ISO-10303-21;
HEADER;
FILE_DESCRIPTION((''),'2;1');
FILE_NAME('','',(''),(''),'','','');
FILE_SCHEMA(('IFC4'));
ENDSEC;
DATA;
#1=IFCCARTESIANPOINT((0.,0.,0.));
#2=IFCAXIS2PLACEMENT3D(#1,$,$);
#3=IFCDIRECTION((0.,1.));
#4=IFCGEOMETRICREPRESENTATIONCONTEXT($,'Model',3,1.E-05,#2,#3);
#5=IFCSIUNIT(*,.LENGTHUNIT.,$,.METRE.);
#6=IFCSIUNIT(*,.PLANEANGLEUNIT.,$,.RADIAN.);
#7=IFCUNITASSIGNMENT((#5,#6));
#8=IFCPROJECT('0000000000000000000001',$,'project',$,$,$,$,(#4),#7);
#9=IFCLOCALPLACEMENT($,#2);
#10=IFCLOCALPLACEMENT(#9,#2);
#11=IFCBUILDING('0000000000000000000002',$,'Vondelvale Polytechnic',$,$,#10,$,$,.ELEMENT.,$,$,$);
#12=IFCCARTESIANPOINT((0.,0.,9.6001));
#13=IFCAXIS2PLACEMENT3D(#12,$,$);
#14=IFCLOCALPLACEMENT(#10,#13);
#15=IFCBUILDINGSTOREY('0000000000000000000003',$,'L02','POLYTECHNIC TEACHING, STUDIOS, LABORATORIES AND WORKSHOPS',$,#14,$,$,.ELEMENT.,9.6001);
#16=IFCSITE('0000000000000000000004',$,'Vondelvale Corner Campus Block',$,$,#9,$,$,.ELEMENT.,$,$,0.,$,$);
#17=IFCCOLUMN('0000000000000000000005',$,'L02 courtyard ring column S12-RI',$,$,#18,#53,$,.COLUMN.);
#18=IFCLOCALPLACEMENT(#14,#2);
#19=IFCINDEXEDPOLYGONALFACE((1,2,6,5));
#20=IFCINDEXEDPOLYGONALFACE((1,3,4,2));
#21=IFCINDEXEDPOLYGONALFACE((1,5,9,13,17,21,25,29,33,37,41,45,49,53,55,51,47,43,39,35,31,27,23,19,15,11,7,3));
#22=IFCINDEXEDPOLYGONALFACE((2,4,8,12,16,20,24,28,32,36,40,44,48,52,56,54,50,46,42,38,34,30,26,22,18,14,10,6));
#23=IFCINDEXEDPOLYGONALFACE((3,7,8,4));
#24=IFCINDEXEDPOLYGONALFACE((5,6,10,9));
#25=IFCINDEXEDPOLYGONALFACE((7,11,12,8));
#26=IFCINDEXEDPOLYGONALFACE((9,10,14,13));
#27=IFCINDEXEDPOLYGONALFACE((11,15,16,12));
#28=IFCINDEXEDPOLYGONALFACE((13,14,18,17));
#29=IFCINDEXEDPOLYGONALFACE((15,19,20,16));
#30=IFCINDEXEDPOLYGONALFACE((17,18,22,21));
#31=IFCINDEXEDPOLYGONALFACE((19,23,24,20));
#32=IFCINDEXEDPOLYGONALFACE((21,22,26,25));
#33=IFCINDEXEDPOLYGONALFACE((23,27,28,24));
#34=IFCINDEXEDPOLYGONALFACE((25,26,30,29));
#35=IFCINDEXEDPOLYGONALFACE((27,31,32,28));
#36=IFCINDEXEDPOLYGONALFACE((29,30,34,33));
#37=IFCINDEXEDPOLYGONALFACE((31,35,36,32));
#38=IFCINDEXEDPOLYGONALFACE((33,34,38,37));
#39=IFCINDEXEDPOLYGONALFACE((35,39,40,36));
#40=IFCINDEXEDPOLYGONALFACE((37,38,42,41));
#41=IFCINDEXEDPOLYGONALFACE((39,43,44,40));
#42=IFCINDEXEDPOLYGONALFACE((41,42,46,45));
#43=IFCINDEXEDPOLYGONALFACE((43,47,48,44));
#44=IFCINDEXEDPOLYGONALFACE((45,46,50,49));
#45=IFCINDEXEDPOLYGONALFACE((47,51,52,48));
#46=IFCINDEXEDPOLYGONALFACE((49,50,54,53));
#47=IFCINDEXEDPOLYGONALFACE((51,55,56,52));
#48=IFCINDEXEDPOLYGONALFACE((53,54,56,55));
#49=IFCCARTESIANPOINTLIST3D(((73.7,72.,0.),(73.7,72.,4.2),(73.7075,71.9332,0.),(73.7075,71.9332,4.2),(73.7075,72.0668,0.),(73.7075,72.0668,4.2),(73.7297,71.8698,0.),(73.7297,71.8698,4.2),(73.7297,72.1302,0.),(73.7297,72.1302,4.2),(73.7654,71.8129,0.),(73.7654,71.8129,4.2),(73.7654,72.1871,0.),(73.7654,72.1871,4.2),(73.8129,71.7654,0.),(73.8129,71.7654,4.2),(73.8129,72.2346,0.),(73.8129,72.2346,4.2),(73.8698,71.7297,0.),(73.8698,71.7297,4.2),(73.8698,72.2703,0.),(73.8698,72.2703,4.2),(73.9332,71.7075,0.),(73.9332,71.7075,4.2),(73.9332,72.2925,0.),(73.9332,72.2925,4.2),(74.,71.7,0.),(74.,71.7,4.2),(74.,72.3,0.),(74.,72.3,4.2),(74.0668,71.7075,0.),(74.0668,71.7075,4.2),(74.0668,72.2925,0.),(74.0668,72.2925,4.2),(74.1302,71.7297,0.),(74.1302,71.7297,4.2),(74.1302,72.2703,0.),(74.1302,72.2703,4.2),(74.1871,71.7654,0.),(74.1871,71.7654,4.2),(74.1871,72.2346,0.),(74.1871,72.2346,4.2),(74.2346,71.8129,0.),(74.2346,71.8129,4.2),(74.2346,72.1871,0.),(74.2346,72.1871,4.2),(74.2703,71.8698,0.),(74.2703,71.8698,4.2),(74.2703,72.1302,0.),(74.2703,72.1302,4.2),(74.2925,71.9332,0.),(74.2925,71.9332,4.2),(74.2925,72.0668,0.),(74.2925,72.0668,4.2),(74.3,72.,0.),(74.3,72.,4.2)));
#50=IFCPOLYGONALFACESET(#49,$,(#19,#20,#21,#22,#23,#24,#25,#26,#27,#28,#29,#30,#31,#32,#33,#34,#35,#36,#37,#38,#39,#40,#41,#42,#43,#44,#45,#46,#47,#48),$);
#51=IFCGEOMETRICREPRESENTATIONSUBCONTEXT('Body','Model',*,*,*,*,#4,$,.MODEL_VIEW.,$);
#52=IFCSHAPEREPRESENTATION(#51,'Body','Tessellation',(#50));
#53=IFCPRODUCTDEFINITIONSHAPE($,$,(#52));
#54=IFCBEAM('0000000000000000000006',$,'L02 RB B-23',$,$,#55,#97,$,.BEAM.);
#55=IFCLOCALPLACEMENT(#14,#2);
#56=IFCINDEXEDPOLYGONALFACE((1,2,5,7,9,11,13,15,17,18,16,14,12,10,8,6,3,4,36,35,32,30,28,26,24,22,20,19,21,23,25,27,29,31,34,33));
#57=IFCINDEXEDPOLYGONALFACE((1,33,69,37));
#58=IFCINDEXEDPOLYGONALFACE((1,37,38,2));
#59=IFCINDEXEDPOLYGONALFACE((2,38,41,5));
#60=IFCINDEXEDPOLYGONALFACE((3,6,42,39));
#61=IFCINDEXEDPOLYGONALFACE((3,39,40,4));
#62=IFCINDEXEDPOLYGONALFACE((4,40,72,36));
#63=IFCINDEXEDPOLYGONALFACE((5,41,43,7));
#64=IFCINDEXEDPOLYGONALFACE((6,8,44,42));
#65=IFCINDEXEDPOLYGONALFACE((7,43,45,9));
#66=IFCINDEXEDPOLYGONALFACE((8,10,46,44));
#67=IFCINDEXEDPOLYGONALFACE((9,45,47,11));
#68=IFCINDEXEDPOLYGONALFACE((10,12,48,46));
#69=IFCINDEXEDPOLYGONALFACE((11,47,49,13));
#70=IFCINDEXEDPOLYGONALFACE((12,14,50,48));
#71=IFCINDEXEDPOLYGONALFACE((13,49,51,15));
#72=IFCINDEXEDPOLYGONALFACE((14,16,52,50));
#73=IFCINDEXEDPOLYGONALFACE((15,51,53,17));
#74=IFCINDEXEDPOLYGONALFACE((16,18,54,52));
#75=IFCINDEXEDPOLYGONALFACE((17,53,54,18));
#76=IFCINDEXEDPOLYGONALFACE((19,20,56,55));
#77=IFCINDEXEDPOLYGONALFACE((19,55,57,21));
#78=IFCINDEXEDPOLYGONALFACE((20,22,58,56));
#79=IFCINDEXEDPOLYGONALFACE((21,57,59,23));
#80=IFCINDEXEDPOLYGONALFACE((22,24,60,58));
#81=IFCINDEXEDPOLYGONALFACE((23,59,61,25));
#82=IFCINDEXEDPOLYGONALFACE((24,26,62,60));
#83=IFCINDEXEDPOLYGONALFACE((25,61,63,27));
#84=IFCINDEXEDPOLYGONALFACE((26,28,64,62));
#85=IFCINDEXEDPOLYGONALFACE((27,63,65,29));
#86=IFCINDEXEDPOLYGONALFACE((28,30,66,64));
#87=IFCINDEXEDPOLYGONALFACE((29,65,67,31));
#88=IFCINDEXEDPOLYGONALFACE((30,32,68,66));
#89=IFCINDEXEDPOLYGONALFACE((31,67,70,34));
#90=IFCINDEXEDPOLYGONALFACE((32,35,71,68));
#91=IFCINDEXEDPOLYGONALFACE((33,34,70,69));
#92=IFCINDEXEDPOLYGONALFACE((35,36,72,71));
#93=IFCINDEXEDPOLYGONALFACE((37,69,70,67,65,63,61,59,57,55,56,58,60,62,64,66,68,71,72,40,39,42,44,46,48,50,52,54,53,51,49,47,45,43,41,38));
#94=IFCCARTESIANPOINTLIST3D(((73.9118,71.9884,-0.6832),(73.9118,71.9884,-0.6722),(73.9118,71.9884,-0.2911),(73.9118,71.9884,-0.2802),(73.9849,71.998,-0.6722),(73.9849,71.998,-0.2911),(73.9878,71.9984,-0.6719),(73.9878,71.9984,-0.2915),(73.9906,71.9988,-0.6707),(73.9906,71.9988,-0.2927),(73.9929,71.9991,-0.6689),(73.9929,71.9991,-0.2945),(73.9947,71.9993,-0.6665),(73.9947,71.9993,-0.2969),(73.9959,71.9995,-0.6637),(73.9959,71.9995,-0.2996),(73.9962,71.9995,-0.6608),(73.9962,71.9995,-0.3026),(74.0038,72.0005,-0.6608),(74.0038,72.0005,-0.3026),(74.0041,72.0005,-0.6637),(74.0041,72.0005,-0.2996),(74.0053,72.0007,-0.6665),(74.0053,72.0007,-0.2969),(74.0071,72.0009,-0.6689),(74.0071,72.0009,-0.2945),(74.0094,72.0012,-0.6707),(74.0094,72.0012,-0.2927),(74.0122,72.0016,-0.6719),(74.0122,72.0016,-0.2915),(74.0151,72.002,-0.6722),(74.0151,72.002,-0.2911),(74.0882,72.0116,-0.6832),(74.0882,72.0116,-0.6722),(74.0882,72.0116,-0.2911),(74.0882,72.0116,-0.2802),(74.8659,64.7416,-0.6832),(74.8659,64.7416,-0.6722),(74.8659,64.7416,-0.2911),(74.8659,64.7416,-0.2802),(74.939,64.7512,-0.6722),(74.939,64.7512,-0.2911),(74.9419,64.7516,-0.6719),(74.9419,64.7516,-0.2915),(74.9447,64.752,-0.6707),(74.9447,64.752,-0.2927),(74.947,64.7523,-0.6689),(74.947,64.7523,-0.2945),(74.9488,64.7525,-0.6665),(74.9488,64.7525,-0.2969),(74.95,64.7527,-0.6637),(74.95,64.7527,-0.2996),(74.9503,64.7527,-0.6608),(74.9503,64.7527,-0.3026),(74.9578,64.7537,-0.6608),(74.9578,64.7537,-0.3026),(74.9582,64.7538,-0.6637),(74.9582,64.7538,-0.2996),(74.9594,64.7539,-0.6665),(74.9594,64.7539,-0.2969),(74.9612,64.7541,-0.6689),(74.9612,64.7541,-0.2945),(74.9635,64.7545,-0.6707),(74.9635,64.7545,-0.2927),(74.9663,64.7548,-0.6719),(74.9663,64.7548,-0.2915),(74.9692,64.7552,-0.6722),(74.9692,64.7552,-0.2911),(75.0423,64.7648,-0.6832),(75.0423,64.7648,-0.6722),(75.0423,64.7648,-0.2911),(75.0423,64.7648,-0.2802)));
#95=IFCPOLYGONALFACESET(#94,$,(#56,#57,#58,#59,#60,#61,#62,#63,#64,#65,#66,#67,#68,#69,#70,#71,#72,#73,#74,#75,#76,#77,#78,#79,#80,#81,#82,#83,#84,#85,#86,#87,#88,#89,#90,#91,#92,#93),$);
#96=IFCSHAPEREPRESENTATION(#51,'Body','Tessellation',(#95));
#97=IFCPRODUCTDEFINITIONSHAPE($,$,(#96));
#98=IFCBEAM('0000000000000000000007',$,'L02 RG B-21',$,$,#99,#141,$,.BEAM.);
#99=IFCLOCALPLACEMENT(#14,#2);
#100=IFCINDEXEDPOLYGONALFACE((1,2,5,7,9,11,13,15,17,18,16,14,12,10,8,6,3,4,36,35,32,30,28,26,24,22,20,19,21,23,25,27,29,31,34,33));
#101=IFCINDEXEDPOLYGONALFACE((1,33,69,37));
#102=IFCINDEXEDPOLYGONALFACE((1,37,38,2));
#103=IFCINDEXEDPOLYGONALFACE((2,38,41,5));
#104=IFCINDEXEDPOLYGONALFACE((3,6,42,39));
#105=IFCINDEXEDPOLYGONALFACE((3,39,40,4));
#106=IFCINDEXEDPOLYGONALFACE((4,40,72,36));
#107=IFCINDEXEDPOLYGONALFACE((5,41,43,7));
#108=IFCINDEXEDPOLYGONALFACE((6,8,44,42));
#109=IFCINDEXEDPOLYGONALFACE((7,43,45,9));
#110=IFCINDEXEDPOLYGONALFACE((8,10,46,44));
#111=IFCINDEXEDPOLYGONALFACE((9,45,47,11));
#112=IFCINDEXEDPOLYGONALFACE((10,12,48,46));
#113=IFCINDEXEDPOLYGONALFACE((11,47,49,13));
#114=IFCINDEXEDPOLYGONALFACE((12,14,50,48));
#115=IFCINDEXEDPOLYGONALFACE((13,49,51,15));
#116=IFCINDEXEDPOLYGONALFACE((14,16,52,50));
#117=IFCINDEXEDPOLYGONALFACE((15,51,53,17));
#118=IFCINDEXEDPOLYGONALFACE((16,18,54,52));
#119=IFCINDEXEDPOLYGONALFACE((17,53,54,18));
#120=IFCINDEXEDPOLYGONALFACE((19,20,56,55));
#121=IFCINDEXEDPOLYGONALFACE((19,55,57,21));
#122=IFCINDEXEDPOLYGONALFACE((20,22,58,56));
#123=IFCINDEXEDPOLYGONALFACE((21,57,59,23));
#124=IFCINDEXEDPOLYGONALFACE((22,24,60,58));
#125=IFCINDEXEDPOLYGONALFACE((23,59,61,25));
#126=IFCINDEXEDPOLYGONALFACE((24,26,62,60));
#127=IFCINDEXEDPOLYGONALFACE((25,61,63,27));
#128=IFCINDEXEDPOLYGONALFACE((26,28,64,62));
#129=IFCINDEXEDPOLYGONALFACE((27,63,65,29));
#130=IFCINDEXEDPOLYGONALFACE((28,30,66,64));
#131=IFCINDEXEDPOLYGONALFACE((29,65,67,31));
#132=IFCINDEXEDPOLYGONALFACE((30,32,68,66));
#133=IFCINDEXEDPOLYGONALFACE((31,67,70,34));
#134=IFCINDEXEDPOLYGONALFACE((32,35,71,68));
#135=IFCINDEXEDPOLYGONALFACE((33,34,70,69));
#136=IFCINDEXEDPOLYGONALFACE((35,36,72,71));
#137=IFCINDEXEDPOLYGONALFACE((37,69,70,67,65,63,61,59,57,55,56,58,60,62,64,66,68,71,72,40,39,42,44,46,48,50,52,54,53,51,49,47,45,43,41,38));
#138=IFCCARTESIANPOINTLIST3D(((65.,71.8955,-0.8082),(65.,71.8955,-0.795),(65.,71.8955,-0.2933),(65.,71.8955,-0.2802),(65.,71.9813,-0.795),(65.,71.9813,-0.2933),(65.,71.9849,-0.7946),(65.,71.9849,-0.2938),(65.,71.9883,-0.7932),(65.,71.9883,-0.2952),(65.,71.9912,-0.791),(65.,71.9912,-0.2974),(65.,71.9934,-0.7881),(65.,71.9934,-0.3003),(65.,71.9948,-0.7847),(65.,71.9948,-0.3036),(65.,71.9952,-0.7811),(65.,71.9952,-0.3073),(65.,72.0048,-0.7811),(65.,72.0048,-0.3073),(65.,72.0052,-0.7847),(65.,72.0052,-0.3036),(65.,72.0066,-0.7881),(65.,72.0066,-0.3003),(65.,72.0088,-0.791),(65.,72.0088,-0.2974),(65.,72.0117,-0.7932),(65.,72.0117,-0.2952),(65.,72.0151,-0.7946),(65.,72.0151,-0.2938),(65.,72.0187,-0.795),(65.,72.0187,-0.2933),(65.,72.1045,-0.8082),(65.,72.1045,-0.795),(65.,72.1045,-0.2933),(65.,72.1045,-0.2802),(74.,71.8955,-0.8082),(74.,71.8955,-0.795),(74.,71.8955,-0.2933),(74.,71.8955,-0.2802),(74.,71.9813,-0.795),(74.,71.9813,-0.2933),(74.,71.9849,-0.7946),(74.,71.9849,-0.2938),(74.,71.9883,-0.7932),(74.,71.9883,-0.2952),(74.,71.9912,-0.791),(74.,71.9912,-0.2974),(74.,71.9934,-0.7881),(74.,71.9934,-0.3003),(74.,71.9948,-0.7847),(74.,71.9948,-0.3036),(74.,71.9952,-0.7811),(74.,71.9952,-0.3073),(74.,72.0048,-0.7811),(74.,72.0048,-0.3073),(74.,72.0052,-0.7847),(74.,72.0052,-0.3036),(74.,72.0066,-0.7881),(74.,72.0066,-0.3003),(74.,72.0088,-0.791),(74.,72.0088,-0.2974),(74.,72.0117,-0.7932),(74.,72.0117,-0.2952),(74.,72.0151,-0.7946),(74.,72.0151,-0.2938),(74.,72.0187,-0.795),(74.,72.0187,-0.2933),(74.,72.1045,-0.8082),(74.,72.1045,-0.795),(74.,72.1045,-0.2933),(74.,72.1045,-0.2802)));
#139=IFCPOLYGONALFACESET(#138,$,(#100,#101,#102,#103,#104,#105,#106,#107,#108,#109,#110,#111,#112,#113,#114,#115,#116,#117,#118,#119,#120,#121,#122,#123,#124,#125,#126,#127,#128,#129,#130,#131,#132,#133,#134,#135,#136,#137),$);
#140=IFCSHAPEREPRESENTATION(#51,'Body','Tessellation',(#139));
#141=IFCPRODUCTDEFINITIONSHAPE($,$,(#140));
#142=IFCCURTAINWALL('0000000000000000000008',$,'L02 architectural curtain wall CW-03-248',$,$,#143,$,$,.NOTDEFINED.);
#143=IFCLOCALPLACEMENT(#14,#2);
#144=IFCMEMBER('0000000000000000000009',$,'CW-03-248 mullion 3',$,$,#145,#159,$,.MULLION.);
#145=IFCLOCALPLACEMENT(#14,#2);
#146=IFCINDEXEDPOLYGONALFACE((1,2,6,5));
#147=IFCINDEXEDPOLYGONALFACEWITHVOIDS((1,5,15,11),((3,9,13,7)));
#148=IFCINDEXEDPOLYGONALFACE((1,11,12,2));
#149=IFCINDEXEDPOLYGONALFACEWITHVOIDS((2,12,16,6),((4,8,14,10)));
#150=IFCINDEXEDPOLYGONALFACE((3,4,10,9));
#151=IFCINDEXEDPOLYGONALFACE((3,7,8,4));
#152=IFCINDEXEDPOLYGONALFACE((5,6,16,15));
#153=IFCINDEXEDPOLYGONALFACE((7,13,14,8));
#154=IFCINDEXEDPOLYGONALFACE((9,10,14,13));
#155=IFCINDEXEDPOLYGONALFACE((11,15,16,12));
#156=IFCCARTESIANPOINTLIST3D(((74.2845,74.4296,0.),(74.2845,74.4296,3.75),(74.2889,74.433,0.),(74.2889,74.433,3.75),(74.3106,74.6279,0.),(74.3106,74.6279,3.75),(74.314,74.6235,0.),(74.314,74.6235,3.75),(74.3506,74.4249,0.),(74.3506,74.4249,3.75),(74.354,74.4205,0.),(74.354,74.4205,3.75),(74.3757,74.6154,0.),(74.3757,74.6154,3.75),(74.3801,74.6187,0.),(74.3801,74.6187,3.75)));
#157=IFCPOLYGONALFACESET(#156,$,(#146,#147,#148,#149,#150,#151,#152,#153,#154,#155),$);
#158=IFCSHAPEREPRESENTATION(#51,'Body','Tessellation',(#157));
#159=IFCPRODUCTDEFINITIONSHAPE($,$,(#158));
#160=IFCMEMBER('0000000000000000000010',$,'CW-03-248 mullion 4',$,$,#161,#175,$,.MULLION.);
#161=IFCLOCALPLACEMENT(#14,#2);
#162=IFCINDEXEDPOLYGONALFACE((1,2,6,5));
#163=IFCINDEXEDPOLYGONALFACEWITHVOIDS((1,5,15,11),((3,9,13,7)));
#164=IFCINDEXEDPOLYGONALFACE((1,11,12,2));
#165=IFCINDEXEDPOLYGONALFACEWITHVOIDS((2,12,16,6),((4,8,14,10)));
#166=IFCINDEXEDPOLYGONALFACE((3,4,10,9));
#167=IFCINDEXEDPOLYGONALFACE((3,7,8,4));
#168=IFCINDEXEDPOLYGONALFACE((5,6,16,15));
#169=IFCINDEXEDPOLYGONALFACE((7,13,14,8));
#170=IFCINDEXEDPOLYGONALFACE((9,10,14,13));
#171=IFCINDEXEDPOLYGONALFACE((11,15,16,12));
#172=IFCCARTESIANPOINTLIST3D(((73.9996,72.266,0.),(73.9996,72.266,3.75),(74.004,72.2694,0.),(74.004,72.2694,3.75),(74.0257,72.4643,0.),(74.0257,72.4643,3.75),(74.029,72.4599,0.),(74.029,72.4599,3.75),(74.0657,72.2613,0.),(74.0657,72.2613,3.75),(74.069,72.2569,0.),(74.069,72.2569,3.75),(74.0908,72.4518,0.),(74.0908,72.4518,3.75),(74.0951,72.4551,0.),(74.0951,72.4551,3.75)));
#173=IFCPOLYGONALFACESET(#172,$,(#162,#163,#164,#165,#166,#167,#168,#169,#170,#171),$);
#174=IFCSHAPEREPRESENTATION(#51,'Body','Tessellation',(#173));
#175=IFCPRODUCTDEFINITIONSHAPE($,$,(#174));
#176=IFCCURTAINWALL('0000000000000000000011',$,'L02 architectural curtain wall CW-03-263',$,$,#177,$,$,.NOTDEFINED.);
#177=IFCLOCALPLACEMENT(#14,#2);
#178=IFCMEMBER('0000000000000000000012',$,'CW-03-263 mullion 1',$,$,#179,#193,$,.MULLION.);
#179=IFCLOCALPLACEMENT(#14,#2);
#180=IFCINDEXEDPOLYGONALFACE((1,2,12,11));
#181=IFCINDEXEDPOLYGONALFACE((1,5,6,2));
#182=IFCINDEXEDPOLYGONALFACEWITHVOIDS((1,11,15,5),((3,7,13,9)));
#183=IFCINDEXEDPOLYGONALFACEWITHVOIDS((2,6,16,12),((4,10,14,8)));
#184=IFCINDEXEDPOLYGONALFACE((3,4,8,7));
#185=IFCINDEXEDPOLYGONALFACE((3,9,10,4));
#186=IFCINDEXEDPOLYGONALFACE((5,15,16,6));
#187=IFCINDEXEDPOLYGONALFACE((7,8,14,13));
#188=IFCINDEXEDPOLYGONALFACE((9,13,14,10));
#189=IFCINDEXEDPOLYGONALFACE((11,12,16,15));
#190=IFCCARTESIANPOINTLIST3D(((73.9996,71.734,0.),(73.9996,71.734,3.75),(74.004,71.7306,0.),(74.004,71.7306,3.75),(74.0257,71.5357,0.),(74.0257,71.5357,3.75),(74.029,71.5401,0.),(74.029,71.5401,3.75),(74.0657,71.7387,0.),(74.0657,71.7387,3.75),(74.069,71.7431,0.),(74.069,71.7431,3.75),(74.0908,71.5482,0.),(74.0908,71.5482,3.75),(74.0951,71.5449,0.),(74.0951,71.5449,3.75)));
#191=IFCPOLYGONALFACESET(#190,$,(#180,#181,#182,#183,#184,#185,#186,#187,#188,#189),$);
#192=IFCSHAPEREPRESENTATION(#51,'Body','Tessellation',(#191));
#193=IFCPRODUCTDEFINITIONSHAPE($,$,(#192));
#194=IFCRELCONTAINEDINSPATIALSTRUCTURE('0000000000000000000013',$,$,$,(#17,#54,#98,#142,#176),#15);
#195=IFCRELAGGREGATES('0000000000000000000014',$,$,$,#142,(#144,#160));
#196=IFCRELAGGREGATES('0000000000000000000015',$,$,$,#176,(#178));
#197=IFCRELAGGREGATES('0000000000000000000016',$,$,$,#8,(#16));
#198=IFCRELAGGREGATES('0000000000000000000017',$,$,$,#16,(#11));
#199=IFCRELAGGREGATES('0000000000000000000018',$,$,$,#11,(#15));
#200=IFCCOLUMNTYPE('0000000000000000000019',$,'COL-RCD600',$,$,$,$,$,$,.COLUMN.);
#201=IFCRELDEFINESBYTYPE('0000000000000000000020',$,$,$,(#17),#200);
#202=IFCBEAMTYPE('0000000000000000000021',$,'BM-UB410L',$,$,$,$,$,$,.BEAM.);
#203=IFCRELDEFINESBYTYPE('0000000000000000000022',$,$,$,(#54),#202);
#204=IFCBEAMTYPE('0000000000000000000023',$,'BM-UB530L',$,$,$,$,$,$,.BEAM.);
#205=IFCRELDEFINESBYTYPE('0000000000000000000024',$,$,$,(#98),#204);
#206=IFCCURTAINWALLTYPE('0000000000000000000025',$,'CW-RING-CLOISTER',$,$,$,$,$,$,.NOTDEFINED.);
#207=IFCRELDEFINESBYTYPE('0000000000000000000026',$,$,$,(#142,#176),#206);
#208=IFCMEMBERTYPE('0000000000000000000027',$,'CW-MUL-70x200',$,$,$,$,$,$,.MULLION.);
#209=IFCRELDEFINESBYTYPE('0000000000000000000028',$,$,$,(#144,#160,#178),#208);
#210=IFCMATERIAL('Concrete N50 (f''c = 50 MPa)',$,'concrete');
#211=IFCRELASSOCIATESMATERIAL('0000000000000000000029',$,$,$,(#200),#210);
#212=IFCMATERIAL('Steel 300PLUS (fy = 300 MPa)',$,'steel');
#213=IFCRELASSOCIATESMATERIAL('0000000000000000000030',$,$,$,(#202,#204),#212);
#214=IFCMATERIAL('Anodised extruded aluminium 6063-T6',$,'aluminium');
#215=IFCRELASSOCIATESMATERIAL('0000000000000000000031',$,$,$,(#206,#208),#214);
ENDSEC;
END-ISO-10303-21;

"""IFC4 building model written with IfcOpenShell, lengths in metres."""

from ifc_helpers import new_model, si_unit, direction, frame, origin, origin_2d, place, context, subcontext, project, spatial, hollow_rectangle, circle, i_section, extrude, material, material_profile, profile_set, type_object, element, aggregate, save


model = new_model("IFC4")

# Units and contexts
model_context = context("Model", 3, precision=1e-05, world=origin(), true_north=direction((0.0, 1.0)))
body_context = subcontext(model_context, "Body", "Model", "MODEL_VIEW")
ifc_project = project(units=[si_unit("LENGTHUNIT", "METRE"), si_unit("PLANEANGLEUNIT", "RADIAN")], contexts=[model_context])

# Site, building, storey
site_placement = place(None, origin())
site = spatial("IfcSite", under=ifc_project, at=site_placement, Name="Vondelvale Corner Campus Block", CompositionType="ELEMENT", RefElevation=0.0)
building_placement = place(site_placement, origin())
building = spatial("IfcBuilding", under=site, at=building_placement, Name="Vondelvale Polytechnic", CompositionType="ELEMENT")
storey_placement = place(building_placement, frame((0.0, 0.0, 9.6001)))
storey = spatial("IfcBuildingStorey", under=building, at=storey_placement, Name="L02", Description="POLYTECHNIC TEACHING, STUDIOS, LABORATORIES AND WORKSHOPS", CompositionType="ELEMENT", Elevation=9.6001)

# Column
ifc_material_1 = material(Name="Concrete N50 (f'c = 50 MPa)", Category="concrete")
ifc_material_profile_1 = material_profile(ifc_material_1, circle(Radius=0.3, at=origin_2d()), Name="RC-COL-D600")
ifc_profile_set_1 = profile_set([ifc_material_profile_1], Name="Concrete N50 (f'c = 50 MPa)")
column_type = type_object("IfcColumnType", Name="COL-RCD600", PredefinedType="COLUMN", material=ifc_profile_set_1)
column_placement = place(storey_placement, frame((74.0, 72.0, 0.0), z_axis=(0.0, 0.0, 1.0), x_axis=(1.0, 0.0, 0.0)))
element("IfcColumn", 1, at=column_placement, inside=storey, type_object=column_type, Name="L02 courtyard ring column S12-RI", PredefinedType="COLUMN", context=body_context, shape_type="SweptSolid", body=[
    extrude(circle(Radius=0.3, at=origin_2d()), origin(), (0.0, 0.0, 1.0), 4.2),
])

# Beams
ifc_material_2 = material(Name="Steel 300PLUS (fy = 300 MPa)", Category="steel")
ifc_material_profile_2 = material_profile(ifc_material_2, i_section(OverallWidth=0.178, OverallDepth=0.4031, WebThickness=0.0076, FlangeThickness=0.011, FilletRadius=0.0115, at=origin_2d()), Name="410UB53.7")
ifc_profile_set_2 = profile_set([ifc_material_profile_2], Name="Steel 300PLUS (fy = 300 MPa)")
beam_type_1 = type_object("IfcBeamType", Name="BM-UB410L", PredefinedType="BEAM", material=ifc_profile_set_2)
beam_1_placement = place(storey_placement, frame((74.0, 72.0, -0.4817), z_axis=(0.130531, -0.991444, 0.0), x_axis=(0.991444, 0.130531, 0.0)))
element("IfcBeam", 2, at=beam_1_placement, inside=storey, type_object=beam_type_1, Name="L02 RB B-23", PredefinedType="BEAM", context=body_context, shape_type="SweptSolid", body=[
    extrude(i_section(OverallWidth=0.178, OverallDepth=0.4031, WebThickness=0.0076, FlangeThickness=0.011, FilletRadius=0.0115, at=origin_2d()), origin(), (0.0, 0.0, 1.0), 7.3093),
])
ifc_material_profile_3 = material_profile(ifc_material_2, i_section(OverallWidth=0.209, OverallDepth=0.5281, WebThickness=0.0095, FlangeThickness=0.0132, FilletRadius=0.0139, at=origin_2d()), Name="530UB82.0")
ifc_profile_set_3 = profile_set([ifc_material_profile_3], Name="Steel 300PLUS (fy = 300 MPa)")
beam_type_2 = type_object("IfcBeamType", Name="BM-UB530L", PredefinedType="BEAM", material=ifc_profile_set_3)
beam_2_placement = place(storey_placement, frame((74.0, 72.0, -0.5442), z_axis=(-1.0, 0.0, 0.0), x_axis=(0.0, -1.0, 0.0)))
element("IfcBeam", 3, at=beam_2_placement, inside=storey, type_object=beam_type_2, Name="L02 RG B-21", PredefinedType="BEAM", context=body_context, shape_type="SweptSolid", body=[
    extrude(i_section(OverallWidth=0.209, OverallDepth=0.5281, WebThickness=0.0095, FlangeThickness=0.0132, FilletRadius=0.0139, at=origin_2d()), origin(), (0.0, 0.0, 1.0), 9.0),
])

# Curtain walls, members
ifc_material_3 = material(Name="Anodised extruded aluminium 6063-T6", Category="aluminium")
curtain_wall_type = type_object("IfcCurtainWallType", Name="CW-RING-CLOISTER", PredefinedType="NOTDEFINED", material=ifc_material_3)
curtain_wall_1_placement = place(storey_placement, origin())
curtain_wall_1 = element("IfcCurtainWall", 4, at=curtain_wall_1_placement, inside=storey, type_object=curtain_wall_type, Name="L02 architectural curtain wall CW-03-248", PredefinedType="NOTDEFINED")
ifc_material_profile_4 = material_profile(ifc_material_3, hollow_rectangle(XDim=0.0701, YDim=0.2, WallThickness=0.0039, at=origin_2d()), Name="CW-MUL-200x70")
ifc_profile_set_4 = profile_set([ifc_material_profile_4], Name="Anodised extruded aluminium 6063-T6")
member_type_1 = type_object("IfcMemberType", Name="CW-MUL-70x200", PredefinedType="MULLION", material=ifc_profile_set_4)
member_1_placement = place(storey_placement, frame((74.3323, 74.5242, 0.0), z_axis=(0.0, 0.0, 1.0), x_axis=(0.991445, -0.130528, 0.0)))
member_1 = element("IfcMember", 5, at=member_1_placement, type_object=member_type_1, Name="CW-03-248 mullion 3", PredefinedType="MULLION", context=body_context, shape_type="SweptSolid", body=[
    extrude(hollow_rectangle(XDim=0.0701, YDim=0.2, WallThickness=0.0039, at=origin_2d()), origin(), (0.0, 0.0, 1.0), 3.75),
])
member_2_placement = place(storey_placement, frame((74.0474, 72.3606, 0.0), z_axis=(0.0, 0.0, 1.0), x_axis=(0.991445, -0.130528, 0.0)))
member_2 = element("IfcMember", 6, at=member_2_placement, type_object=member_type_1, Name="CW-03-248 mullion 4", PredefinedType="MULLION", context=body_context, shape_type="SweptSolid", body=[
    extrude(hollow_rectangle(XDim=0.0701, YDim=0.2, WallThickness=0.0039, at=origin_2d()), origin(), (0.0, 0.0, 1.0), 3.75),
])
curtain_wall_2_placement = place(storey_placement, origin())
curtain_wall_2 = element("IfcCurtainWall", 7, at=curtain_wall_2_placement, inside=storey, type_object=curtain_wall_type, Name="L02 architectural curtain wall CW-03-263", PredefinedType="NOTDEFINED")
member_3_placement = place(storey_placement, frame((74.0474, 71.6394, 0.0), z_axis=(0.0, 0.0, 1.0), x_axis=(0.991445, 0.130528, 0.0)))
member_3 = element("IfcMember", 8, at=member_3_placement, type_object=member_type_1, Name="CW-03-263 mullion 1", PredefinedType="MULLION", context=body_context, shape_type="SweptSolid", body=[
    extrude(hollow_rectangle(XDim=0.0701, YDim=0.2, WallThickness=0.0039, at=origin_2d()), origin(), (0.0, 0.0, 1.0), 3.75),
])

aggregate(curtain_wall_1, [member_1, member_2])
aggregate(curtain_wall_2, [member_3])

save(model, "model.ifc")
